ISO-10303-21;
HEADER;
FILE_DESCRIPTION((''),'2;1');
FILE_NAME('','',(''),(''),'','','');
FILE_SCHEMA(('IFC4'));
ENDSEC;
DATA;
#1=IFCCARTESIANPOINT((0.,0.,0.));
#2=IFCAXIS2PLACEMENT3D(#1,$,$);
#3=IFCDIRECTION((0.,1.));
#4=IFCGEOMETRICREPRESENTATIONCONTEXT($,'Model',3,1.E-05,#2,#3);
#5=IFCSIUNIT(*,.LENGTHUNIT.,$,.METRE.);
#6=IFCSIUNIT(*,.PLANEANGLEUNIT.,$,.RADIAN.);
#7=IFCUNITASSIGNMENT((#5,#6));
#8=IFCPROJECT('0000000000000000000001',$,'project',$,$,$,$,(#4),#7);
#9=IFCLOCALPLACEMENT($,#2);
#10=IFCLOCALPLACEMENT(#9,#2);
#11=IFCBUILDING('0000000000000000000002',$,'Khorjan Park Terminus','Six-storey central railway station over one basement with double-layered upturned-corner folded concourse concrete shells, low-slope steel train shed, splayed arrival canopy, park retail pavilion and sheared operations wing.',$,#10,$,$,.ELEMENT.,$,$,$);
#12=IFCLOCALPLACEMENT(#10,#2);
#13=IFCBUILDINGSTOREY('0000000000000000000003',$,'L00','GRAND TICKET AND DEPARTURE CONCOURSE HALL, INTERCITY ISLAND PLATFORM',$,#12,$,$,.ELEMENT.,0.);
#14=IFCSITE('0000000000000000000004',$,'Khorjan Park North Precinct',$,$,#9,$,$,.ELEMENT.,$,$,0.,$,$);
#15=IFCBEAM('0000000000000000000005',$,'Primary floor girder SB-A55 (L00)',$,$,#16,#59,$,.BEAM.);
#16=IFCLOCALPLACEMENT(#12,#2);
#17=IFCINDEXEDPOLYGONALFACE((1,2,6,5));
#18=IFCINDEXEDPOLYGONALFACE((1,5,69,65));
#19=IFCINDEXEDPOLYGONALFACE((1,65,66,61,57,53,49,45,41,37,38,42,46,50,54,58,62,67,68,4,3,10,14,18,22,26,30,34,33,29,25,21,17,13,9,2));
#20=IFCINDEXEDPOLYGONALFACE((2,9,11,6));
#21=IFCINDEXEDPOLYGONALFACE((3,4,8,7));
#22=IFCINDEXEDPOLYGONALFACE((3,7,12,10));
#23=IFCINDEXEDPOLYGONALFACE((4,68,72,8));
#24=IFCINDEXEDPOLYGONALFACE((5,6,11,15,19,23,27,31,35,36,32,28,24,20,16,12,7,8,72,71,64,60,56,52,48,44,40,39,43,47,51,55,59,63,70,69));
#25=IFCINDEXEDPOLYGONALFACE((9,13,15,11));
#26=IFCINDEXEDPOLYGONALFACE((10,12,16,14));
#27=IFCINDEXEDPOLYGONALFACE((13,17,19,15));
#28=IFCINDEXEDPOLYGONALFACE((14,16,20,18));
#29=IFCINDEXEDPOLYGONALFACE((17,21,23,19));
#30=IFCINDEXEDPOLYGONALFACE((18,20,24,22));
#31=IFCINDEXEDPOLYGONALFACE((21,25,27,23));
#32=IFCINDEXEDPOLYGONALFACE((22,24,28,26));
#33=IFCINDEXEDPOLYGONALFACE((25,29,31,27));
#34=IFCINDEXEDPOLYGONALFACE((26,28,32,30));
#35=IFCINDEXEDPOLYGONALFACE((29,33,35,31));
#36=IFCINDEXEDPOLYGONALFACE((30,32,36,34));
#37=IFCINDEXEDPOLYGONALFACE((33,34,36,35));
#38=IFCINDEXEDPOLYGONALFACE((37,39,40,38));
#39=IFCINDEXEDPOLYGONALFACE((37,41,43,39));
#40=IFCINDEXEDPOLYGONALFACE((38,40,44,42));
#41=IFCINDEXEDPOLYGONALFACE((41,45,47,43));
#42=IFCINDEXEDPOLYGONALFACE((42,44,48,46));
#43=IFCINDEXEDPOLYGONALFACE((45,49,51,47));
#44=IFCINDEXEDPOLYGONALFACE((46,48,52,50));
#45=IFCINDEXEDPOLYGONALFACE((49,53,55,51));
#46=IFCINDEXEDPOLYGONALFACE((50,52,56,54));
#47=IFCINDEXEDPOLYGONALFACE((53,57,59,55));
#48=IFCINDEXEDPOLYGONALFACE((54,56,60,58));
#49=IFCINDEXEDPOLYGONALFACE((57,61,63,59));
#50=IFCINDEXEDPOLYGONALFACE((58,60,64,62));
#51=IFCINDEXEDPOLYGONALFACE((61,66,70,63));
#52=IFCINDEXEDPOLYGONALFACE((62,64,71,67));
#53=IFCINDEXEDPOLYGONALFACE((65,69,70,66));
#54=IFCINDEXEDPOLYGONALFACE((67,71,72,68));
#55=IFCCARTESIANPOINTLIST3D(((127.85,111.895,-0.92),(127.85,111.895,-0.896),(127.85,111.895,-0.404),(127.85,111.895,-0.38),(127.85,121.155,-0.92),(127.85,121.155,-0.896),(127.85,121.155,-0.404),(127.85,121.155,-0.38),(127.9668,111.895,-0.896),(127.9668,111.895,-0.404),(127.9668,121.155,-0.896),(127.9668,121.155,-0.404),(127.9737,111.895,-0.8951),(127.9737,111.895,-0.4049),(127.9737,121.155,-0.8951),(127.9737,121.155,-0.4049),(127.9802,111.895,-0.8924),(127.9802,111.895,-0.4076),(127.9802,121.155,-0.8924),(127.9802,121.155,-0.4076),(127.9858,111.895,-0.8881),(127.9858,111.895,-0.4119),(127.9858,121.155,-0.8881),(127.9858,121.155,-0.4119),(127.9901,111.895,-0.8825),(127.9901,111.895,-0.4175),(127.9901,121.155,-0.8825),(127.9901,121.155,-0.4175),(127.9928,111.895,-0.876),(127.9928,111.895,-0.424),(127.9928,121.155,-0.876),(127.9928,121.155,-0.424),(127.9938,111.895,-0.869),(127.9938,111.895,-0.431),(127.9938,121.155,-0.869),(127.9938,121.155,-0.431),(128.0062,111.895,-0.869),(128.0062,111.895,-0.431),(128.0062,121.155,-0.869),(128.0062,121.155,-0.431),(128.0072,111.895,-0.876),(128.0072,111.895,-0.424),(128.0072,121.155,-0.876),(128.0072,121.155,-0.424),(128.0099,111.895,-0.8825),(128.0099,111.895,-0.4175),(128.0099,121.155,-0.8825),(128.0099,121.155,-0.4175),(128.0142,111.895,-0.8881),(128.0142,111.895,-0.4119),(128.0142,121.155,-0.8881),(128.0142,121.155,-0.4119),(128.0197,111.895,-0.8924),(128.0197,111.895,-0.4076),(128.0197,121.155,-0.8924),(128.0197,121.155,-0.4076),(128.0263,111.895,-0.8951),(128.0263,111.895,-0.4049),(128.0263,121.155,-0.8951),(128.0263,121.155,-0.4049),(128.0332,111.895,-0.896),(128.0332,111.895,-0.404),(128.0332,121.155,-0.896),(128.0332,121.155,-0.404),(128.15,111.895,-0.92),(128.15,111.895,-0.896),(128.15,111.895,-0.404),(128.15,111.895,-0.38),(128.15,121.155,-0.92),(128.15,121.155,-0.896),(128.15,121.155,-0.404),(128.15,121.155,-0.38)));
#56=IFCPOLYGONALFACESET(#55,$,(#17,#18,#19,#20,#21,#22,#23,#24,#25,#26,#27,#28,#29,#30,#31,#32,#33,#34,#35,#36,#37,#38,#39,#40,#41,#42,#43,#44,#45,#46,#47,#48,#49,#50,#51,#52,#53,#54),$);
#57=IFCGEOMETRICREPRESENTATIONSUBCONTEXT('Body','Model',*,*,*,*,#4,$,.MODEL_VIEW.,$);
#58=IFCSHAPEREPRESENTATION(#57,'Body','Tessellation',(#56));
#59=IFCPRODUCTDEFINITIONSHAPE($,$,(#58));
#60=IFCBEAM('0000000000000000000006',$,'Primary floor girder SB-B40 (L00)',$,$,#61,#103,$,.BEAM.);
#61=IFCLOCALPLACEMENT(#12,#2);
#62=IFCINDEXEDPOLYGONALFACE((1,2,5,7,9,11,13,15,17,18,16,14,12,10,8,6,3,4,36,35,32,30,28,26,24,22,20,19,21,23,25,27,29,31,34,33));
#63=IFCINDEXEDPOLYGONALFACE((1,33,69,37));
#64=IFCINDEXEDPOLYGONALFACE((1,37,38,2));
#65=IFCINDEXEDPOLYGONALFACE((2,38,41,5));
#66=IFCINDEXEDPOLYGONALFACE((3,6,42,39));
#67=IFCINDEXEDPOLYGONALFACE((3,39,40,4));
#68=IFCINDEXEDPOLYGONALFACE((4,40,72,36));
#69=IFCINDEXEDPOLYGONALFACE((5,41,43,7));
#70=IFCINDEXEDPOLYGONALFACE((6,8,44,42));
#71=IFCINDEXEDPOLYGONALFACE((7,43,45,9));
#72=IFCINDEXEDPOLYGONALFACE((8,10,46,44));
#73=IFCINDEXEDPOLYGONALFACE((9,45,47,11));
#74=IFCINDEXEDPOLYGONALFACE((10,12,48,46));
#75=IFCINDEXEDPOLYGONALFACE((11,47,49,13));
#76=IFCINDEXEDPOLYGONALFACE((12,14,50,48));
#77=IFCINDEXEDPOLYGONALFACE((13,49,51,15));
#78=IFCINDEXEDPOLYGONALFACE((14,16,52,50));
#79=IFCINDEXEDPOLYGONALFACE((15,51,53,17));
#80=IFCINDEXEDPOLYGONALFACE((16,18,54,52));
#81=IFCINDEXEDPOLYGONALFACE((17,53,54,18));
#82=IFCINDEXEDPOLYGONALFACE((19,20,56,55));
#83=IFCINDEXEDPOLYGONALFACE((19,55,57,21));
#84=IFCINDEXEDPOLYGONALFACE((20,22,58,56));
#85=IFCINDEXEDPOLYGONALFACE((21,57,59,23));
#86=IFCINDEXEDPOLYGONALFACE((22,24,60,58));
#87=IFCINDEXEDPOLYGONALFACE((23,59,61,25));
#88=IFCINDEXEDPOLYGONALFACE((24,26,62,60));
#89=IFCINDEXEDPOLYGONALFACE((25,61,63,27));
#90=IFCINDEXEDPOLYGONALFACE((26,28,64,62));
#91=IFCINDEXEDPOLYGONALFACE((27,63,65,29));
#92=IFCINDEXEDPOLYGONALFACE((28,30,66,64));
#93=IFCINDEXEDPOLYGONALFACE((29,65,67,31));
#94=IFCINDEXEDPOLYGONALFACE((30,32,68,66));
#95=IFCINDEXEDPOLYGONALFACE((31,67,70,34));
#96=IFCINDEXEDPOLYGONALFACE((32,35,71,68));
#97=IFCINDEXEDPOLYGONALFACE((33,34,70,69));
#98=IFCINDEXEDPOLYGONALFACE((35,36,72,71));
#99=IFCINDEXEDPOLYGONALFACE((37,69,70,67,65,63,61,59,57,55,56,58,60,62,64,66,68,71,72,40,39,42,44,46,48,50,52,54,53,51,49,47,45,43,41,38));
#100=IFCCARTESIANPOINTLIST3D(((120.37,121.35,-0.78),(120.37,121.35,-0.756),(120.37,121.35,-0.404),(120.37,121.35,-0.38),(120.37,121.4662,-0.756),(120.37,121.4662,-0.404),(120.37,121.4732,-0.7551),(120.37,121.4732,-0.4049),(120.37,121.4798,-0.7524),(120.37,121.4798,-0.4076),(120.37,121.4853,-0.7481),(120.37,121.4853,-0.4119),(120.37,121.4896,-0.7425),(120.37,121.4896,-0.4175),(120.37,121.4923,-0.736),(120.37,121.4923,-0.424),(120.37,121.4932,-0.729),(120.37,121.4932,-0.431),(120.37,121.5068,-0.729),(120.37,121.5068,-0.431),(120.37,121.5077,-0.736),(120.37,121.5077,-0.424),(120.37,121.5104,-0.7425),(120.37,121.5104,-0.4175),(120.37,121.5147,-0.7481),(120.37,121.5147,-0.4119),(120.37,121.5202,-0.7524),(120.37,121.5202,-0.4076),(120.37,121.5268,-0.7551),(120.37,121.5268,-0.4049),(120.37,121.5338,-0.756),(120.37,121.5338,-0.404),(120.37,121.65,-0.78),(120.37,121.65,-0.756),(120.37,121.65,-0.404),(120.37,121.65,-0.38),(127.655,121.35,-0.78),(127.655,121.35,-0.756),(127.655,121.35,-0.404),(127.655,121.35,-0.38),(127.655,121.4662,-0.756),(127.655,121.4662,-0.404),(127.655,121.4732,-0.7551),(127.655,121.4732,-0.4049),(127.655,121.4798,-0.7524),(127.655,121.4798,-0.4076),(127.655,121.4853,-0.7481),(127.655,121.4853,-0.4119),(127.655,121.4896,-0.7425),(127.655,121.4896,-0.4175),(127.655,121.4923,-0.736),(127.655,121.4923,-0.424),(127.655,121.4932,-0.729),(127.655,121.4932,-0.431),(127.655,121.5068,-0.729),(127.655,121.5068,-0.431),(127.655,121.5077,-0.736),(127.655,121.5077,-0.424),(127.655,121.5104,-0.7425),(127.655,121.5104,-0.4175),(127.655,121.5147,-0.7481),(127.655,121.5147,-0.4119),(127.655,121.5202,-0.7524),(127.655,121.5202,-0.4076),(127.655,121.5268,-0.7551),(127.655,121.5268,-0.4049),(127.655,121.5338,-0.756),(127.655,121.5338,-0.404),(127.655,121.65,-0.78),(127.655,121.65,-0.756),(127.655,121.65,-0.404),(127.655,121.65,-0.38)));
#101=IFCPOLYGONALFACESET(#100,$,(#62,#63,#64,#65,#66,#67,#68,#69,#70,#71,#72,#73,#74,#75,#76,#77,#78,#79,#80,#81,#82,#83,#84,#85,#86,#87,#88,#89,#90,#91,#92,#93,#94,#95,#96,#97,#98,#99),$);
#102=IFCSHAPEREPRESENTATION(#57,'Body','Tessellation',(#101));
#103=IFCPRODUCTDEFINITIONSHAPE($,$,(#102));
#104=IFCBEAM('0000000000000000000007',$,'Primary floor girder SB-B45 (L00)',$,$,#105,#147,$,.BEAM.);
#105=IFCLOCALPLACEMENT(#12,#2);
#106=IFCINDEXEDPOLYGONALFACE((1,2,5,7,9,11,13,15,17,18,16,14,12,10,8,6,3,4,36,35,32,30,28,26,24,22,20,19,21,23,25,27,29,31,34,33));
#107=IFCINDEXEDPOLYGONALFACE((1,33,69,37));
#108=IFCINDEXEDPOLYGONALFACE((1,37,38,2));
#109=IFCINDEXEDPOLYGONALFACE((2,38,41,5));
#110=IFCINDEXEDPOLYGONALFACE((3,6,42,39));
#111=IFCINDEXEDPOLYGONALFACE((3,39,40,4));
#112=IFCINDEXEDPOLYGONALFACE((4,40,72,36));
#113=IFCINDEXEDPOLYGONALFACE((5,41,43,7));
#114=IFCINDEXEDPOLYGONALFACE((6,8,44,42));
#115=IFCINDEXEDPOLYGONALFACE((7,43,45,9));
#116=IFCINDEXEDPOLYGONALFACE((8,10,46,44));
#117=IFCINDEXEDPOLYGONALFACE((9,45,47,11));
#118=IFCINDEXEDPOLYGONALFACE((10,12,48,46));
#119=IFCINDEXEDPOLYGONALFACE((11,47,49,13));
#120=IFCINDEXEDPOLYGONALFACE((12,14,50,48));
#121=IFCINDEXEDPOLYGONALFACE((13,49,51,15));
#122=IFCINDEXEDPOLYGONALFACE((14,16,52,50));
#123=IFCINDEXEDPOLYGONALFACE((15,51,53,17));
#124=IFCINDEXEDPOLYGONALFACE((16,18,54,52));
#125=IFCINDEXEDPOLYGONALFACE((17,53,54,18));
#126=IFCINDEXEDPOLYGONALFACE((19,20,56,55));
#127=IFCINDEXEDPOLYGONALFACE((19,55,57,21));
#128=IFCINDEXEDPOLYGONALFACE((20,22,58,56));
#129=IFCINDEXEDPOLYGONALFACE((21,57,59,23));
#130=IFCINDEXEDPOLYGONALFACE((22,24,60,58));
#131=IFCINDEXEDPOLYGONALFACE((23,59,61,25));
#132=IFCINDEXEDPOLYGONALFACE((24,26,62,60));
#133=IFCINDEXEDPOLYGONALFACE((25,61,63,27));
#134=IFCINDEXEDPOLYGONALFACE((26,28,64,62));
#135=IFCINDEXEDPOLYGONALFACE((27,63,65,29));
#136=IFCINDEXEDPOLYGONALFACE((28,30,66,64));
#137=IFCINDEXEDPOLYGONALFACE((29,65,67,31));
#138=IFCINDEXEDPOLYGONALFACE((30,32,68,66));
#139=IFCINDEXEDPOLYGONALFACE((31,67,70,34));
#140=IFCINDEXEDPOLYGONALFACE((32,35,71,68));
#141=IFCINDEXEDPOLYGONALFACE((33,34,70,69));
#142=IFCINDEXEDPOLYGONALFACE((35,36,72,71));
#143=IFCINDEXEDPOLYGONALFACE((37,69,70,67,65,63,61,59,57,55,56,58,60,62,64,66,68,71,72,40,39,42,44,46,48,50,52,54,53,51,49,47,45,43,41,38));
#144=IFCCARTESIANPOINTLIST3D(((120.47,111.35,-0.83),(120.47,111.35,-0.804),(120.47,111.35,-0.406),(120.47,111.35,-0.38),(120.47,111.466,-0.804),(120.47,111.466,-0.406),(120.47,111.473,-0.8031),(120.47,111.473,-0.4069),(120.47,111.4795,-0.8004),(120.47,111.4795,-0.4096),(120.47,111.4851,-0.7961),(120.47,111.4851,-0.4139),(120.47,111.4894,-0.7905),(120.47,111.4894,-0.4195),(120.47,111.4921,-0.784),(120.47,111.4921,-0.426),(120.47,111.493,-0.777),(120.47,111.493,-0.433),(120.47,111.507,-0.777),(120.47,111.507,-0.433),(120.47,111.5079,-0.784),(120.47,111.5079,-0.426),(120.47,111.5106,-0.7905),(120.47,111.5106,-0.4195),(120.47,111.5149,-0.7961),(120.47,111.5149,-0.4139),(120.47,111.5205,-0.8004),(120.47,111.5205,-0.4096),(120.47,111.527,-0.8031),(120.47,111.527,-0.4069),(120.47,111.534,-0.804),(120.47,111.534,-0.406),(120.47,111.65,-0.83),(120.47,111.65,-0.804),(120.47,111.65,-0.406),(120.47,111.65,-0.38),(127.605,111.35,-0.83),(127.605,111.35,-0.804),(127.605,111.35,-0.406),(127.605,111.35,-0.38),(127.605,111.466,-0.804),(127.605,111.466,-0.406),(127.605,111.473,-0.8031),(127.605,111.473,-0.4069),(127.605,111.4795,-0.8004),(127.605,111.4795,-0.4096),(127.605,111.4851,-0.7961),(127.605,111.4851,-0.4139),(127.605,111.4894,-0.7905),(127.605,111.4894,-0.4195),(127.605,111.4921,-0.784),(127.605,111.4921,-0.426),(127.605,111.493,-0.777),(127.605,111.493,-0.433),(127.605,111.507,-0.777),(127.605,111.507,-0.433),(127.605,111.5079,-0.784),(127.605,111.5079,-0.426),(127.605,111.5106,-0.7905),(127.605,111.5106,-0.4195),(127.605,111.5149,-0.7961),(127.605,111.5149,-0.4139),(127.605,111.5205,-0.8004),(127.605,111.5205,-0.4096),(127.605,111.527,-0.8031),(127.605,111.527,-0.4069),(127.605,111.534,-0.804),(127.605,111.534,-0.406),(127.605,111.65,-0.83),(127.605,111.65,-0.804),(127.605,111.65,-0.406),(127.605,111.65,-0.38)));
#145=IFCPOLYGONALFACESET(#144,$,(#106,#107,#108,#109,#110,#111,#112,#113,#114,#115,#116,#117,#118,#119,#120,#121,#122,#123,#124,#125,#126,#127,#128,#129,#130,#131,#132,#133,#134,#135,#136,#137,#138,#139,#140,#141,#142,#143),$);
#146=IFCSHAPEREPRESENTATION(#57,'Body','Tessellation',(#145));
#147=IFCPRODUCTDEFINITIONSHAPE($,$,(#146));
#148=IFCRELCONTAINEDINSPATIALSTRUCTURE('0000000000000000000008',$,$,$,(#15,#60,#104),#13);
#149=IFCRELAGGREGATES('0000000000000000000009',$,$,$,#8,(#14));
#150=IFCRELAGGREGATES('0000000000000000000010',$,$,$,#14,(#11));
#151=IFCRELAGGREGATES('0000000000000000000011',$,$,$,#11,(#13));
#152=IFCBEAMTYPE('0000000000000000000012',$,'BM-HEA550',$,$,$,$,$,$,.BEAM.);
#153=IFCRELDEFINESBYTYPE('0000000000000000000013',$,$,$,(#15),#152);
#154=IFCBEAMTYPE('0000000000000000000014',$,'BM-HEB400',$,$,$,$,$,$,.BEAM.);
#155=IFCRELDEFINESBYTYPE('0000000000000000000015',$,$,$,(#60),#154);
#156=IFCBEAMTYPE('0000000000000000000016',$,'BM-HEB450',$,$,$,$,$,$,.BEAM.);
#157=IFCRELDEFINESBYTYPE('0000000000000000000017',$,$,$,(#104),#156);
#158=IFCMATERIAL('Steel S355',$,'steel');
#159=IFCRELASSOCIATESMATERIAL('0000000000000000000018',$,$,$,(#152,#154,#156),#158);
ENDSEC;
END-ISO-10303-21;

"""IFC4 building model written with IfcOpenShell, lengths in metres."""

from ifc_helpers import new_model, si_unit, direction, frame, origin, origin_2d, place, context, subcontext, project, spatial, i_section, extrude, material, material_profile, profile_set, type_object, element, save


model = new_model("IFC4")

# Units and contexts
model_context = context("Model", 3, precision=1e-05, world=origin(), true_north=direction((0.0, 1.0)))
body_context = subcontext(model_context, "Body", "Model", "MODEL_VIEW")
ifc_project = project(units=[si_unit("LENGTHUNIT", "METRE"), si_unit("PLANEANGLEUNIT", "RADIAN")], contexts=[model_context])

# Site, building, storey
site_placement = place(None, origin())
site = spatial("IfcSite", under=ifc_project, at=site_placement, Name="Khorjan Park North Precinct", CompositionType="ELEMENT", RefElevation=0.0)
building_placement = place(site_placement, origin())
building = spatial("IfcBuilding", under=site, at=building_placement, Name="Khorjan Park Terminus", Description="Six-storey central railway station over one basement with double-layered upturned-corner folded concourse concrete shells, low-slope steel train shed, splayed arrival canopy, park retail pavilion and sheared operations wing.", CompositionType="ELEMENT")
storey_placement = place(building_placement, origin())
storey = spatial("IfcBuildingStorey", under=building, at=storey_placement, Name="L00", Description="GRAND TICKET AND DEPARTURE CONCOURSE HALL, INTERCITY ISLAND PLATFORM", CompositionType="ELEMENT", Elevation=0.0)

# Shared definitions
ifc_material_1 = material(Name="Steel S355", Category="steel")

# Beams
ifc_material_profile_1 = material_profile(ifc_material_1, i_section(OverallWidth=0.3, OverallDepth=0.54, WebThickness=0.0125, FlangeThickness=0.024, FilletRadius=0.027, at=origin_2d()), Name="HEA 550")
ifc_profile_set_1 = profile_set([ifc_material_profile_1], Name="Steel S355")
beam_type_1 = type_object("IfcBeamType", Name="BM-HEA550", PredefinedType="BEAM", material=ifc_profile_set_1)
for number, where, z_axis, x_axis, name in (
    (1, (128.0, 111.895, -0.65), (0.0, 1.0, 0.0), (-1.0, 0.0, 0.0), "Primary floor girder SB-A55 (L00)"),
):
    element("IfcBeam", number, at=place(storey_placement, frame(where, z_axis=z_axis, x_axis=x_axis)), inside=storey, type_object=beam_type_1, Name=name, PredefinedType="BEAM", context=body_context, shape_type="SweptSolid", body=[
        extrude(i_section(OverallWidth=0.3, OverallDepth=0.54, WebThickness=0.0125, FlangeThickness=0.024, FilletRadius=0.027, at=origin_2d()), origin(), (0.0, 0.0, 1.0), 9.26),
    ])
ifc_material_profile_2 = material_profile(ifc_material_1, i_section(OverallWidth=0.3, OverallDepth=0.4, WebThickness=0.0135, FlangeThickness=0.024, FilletRadius=0.027, at=origin_2d()), Name="HEB 400")
ifc_profile_set_2 = profile_set([ifc_material_profile_2], Name="Steel S355")
beam_type_2 = type_object("IfcBeamType", Name="BM-HEB400", PredefinedType="BEAM", material=ifc_profile_set_2)
beam_1_placement = place(storey_placement, frame((120.37, 121.5, -0.58), z_axis=(1.0, 0.0, 0.0), x_axis=(0.0, 1.0, 0.0)))
element("IfcBeam", 2, at=beam_1_placement, inside=storey, type_object=beam_type_2, Name="Primary floor girder SB-B40 (L00)", PredefinedType="BEAM", context=body_context, shape_type="SweptSolid", body=[
    extrude(i_section(OverallWidth=0.3, OverallDepth=0.4, WebThickness=0.0135, FlangeThickness=0.024, FilletRadius=0.027, at=origin_2d()), origin(), (0.0, 0.0, 1.0), 7.285),
])
ifc_material_profile_3 = material_profile(ifc_material_1, i_section(OverallWidth=0.3, OverallDepth=0.45, WebThickness=0.014, FlangeThickness=0.026, FilletRadius=0.027, at=origin_2d()), Name="HEB 450")
ifc_profile_set_3 = profile_set([ifc_material_profile_3], Name="Steel S355")
beam_type_3 = type_object("IfcBeamType", Name="BM-HEB450", PredefinedType="BEAM", material=ifc_profile_set_3)
beam_2_placement = place(storey_placement, frame((120.47, 111.5, -0.605), z_axis=(1.0, 0.0, 0.0), x_axis=(0.0, 1.0, 0.0)))
element("IfcBeam", 3, at=beam_2_placement, inside=storey, type_object=beam_type_3, Name="Primary floor girder SB-B45 (L00)", PredefinedType="BEAM", context=body_context, shape_type="SweptSolid", body=[
    extrude(i_section(OverallWidth=0.3, OverallDepth=0.45, WebThickness=0.014, FlangeThickness=0.026, FilletRadius=0.027, at=origin_2d()), origin(), (0.0, 0.0, 1.0), 7.135),
])

save(model, "model.ifc")
